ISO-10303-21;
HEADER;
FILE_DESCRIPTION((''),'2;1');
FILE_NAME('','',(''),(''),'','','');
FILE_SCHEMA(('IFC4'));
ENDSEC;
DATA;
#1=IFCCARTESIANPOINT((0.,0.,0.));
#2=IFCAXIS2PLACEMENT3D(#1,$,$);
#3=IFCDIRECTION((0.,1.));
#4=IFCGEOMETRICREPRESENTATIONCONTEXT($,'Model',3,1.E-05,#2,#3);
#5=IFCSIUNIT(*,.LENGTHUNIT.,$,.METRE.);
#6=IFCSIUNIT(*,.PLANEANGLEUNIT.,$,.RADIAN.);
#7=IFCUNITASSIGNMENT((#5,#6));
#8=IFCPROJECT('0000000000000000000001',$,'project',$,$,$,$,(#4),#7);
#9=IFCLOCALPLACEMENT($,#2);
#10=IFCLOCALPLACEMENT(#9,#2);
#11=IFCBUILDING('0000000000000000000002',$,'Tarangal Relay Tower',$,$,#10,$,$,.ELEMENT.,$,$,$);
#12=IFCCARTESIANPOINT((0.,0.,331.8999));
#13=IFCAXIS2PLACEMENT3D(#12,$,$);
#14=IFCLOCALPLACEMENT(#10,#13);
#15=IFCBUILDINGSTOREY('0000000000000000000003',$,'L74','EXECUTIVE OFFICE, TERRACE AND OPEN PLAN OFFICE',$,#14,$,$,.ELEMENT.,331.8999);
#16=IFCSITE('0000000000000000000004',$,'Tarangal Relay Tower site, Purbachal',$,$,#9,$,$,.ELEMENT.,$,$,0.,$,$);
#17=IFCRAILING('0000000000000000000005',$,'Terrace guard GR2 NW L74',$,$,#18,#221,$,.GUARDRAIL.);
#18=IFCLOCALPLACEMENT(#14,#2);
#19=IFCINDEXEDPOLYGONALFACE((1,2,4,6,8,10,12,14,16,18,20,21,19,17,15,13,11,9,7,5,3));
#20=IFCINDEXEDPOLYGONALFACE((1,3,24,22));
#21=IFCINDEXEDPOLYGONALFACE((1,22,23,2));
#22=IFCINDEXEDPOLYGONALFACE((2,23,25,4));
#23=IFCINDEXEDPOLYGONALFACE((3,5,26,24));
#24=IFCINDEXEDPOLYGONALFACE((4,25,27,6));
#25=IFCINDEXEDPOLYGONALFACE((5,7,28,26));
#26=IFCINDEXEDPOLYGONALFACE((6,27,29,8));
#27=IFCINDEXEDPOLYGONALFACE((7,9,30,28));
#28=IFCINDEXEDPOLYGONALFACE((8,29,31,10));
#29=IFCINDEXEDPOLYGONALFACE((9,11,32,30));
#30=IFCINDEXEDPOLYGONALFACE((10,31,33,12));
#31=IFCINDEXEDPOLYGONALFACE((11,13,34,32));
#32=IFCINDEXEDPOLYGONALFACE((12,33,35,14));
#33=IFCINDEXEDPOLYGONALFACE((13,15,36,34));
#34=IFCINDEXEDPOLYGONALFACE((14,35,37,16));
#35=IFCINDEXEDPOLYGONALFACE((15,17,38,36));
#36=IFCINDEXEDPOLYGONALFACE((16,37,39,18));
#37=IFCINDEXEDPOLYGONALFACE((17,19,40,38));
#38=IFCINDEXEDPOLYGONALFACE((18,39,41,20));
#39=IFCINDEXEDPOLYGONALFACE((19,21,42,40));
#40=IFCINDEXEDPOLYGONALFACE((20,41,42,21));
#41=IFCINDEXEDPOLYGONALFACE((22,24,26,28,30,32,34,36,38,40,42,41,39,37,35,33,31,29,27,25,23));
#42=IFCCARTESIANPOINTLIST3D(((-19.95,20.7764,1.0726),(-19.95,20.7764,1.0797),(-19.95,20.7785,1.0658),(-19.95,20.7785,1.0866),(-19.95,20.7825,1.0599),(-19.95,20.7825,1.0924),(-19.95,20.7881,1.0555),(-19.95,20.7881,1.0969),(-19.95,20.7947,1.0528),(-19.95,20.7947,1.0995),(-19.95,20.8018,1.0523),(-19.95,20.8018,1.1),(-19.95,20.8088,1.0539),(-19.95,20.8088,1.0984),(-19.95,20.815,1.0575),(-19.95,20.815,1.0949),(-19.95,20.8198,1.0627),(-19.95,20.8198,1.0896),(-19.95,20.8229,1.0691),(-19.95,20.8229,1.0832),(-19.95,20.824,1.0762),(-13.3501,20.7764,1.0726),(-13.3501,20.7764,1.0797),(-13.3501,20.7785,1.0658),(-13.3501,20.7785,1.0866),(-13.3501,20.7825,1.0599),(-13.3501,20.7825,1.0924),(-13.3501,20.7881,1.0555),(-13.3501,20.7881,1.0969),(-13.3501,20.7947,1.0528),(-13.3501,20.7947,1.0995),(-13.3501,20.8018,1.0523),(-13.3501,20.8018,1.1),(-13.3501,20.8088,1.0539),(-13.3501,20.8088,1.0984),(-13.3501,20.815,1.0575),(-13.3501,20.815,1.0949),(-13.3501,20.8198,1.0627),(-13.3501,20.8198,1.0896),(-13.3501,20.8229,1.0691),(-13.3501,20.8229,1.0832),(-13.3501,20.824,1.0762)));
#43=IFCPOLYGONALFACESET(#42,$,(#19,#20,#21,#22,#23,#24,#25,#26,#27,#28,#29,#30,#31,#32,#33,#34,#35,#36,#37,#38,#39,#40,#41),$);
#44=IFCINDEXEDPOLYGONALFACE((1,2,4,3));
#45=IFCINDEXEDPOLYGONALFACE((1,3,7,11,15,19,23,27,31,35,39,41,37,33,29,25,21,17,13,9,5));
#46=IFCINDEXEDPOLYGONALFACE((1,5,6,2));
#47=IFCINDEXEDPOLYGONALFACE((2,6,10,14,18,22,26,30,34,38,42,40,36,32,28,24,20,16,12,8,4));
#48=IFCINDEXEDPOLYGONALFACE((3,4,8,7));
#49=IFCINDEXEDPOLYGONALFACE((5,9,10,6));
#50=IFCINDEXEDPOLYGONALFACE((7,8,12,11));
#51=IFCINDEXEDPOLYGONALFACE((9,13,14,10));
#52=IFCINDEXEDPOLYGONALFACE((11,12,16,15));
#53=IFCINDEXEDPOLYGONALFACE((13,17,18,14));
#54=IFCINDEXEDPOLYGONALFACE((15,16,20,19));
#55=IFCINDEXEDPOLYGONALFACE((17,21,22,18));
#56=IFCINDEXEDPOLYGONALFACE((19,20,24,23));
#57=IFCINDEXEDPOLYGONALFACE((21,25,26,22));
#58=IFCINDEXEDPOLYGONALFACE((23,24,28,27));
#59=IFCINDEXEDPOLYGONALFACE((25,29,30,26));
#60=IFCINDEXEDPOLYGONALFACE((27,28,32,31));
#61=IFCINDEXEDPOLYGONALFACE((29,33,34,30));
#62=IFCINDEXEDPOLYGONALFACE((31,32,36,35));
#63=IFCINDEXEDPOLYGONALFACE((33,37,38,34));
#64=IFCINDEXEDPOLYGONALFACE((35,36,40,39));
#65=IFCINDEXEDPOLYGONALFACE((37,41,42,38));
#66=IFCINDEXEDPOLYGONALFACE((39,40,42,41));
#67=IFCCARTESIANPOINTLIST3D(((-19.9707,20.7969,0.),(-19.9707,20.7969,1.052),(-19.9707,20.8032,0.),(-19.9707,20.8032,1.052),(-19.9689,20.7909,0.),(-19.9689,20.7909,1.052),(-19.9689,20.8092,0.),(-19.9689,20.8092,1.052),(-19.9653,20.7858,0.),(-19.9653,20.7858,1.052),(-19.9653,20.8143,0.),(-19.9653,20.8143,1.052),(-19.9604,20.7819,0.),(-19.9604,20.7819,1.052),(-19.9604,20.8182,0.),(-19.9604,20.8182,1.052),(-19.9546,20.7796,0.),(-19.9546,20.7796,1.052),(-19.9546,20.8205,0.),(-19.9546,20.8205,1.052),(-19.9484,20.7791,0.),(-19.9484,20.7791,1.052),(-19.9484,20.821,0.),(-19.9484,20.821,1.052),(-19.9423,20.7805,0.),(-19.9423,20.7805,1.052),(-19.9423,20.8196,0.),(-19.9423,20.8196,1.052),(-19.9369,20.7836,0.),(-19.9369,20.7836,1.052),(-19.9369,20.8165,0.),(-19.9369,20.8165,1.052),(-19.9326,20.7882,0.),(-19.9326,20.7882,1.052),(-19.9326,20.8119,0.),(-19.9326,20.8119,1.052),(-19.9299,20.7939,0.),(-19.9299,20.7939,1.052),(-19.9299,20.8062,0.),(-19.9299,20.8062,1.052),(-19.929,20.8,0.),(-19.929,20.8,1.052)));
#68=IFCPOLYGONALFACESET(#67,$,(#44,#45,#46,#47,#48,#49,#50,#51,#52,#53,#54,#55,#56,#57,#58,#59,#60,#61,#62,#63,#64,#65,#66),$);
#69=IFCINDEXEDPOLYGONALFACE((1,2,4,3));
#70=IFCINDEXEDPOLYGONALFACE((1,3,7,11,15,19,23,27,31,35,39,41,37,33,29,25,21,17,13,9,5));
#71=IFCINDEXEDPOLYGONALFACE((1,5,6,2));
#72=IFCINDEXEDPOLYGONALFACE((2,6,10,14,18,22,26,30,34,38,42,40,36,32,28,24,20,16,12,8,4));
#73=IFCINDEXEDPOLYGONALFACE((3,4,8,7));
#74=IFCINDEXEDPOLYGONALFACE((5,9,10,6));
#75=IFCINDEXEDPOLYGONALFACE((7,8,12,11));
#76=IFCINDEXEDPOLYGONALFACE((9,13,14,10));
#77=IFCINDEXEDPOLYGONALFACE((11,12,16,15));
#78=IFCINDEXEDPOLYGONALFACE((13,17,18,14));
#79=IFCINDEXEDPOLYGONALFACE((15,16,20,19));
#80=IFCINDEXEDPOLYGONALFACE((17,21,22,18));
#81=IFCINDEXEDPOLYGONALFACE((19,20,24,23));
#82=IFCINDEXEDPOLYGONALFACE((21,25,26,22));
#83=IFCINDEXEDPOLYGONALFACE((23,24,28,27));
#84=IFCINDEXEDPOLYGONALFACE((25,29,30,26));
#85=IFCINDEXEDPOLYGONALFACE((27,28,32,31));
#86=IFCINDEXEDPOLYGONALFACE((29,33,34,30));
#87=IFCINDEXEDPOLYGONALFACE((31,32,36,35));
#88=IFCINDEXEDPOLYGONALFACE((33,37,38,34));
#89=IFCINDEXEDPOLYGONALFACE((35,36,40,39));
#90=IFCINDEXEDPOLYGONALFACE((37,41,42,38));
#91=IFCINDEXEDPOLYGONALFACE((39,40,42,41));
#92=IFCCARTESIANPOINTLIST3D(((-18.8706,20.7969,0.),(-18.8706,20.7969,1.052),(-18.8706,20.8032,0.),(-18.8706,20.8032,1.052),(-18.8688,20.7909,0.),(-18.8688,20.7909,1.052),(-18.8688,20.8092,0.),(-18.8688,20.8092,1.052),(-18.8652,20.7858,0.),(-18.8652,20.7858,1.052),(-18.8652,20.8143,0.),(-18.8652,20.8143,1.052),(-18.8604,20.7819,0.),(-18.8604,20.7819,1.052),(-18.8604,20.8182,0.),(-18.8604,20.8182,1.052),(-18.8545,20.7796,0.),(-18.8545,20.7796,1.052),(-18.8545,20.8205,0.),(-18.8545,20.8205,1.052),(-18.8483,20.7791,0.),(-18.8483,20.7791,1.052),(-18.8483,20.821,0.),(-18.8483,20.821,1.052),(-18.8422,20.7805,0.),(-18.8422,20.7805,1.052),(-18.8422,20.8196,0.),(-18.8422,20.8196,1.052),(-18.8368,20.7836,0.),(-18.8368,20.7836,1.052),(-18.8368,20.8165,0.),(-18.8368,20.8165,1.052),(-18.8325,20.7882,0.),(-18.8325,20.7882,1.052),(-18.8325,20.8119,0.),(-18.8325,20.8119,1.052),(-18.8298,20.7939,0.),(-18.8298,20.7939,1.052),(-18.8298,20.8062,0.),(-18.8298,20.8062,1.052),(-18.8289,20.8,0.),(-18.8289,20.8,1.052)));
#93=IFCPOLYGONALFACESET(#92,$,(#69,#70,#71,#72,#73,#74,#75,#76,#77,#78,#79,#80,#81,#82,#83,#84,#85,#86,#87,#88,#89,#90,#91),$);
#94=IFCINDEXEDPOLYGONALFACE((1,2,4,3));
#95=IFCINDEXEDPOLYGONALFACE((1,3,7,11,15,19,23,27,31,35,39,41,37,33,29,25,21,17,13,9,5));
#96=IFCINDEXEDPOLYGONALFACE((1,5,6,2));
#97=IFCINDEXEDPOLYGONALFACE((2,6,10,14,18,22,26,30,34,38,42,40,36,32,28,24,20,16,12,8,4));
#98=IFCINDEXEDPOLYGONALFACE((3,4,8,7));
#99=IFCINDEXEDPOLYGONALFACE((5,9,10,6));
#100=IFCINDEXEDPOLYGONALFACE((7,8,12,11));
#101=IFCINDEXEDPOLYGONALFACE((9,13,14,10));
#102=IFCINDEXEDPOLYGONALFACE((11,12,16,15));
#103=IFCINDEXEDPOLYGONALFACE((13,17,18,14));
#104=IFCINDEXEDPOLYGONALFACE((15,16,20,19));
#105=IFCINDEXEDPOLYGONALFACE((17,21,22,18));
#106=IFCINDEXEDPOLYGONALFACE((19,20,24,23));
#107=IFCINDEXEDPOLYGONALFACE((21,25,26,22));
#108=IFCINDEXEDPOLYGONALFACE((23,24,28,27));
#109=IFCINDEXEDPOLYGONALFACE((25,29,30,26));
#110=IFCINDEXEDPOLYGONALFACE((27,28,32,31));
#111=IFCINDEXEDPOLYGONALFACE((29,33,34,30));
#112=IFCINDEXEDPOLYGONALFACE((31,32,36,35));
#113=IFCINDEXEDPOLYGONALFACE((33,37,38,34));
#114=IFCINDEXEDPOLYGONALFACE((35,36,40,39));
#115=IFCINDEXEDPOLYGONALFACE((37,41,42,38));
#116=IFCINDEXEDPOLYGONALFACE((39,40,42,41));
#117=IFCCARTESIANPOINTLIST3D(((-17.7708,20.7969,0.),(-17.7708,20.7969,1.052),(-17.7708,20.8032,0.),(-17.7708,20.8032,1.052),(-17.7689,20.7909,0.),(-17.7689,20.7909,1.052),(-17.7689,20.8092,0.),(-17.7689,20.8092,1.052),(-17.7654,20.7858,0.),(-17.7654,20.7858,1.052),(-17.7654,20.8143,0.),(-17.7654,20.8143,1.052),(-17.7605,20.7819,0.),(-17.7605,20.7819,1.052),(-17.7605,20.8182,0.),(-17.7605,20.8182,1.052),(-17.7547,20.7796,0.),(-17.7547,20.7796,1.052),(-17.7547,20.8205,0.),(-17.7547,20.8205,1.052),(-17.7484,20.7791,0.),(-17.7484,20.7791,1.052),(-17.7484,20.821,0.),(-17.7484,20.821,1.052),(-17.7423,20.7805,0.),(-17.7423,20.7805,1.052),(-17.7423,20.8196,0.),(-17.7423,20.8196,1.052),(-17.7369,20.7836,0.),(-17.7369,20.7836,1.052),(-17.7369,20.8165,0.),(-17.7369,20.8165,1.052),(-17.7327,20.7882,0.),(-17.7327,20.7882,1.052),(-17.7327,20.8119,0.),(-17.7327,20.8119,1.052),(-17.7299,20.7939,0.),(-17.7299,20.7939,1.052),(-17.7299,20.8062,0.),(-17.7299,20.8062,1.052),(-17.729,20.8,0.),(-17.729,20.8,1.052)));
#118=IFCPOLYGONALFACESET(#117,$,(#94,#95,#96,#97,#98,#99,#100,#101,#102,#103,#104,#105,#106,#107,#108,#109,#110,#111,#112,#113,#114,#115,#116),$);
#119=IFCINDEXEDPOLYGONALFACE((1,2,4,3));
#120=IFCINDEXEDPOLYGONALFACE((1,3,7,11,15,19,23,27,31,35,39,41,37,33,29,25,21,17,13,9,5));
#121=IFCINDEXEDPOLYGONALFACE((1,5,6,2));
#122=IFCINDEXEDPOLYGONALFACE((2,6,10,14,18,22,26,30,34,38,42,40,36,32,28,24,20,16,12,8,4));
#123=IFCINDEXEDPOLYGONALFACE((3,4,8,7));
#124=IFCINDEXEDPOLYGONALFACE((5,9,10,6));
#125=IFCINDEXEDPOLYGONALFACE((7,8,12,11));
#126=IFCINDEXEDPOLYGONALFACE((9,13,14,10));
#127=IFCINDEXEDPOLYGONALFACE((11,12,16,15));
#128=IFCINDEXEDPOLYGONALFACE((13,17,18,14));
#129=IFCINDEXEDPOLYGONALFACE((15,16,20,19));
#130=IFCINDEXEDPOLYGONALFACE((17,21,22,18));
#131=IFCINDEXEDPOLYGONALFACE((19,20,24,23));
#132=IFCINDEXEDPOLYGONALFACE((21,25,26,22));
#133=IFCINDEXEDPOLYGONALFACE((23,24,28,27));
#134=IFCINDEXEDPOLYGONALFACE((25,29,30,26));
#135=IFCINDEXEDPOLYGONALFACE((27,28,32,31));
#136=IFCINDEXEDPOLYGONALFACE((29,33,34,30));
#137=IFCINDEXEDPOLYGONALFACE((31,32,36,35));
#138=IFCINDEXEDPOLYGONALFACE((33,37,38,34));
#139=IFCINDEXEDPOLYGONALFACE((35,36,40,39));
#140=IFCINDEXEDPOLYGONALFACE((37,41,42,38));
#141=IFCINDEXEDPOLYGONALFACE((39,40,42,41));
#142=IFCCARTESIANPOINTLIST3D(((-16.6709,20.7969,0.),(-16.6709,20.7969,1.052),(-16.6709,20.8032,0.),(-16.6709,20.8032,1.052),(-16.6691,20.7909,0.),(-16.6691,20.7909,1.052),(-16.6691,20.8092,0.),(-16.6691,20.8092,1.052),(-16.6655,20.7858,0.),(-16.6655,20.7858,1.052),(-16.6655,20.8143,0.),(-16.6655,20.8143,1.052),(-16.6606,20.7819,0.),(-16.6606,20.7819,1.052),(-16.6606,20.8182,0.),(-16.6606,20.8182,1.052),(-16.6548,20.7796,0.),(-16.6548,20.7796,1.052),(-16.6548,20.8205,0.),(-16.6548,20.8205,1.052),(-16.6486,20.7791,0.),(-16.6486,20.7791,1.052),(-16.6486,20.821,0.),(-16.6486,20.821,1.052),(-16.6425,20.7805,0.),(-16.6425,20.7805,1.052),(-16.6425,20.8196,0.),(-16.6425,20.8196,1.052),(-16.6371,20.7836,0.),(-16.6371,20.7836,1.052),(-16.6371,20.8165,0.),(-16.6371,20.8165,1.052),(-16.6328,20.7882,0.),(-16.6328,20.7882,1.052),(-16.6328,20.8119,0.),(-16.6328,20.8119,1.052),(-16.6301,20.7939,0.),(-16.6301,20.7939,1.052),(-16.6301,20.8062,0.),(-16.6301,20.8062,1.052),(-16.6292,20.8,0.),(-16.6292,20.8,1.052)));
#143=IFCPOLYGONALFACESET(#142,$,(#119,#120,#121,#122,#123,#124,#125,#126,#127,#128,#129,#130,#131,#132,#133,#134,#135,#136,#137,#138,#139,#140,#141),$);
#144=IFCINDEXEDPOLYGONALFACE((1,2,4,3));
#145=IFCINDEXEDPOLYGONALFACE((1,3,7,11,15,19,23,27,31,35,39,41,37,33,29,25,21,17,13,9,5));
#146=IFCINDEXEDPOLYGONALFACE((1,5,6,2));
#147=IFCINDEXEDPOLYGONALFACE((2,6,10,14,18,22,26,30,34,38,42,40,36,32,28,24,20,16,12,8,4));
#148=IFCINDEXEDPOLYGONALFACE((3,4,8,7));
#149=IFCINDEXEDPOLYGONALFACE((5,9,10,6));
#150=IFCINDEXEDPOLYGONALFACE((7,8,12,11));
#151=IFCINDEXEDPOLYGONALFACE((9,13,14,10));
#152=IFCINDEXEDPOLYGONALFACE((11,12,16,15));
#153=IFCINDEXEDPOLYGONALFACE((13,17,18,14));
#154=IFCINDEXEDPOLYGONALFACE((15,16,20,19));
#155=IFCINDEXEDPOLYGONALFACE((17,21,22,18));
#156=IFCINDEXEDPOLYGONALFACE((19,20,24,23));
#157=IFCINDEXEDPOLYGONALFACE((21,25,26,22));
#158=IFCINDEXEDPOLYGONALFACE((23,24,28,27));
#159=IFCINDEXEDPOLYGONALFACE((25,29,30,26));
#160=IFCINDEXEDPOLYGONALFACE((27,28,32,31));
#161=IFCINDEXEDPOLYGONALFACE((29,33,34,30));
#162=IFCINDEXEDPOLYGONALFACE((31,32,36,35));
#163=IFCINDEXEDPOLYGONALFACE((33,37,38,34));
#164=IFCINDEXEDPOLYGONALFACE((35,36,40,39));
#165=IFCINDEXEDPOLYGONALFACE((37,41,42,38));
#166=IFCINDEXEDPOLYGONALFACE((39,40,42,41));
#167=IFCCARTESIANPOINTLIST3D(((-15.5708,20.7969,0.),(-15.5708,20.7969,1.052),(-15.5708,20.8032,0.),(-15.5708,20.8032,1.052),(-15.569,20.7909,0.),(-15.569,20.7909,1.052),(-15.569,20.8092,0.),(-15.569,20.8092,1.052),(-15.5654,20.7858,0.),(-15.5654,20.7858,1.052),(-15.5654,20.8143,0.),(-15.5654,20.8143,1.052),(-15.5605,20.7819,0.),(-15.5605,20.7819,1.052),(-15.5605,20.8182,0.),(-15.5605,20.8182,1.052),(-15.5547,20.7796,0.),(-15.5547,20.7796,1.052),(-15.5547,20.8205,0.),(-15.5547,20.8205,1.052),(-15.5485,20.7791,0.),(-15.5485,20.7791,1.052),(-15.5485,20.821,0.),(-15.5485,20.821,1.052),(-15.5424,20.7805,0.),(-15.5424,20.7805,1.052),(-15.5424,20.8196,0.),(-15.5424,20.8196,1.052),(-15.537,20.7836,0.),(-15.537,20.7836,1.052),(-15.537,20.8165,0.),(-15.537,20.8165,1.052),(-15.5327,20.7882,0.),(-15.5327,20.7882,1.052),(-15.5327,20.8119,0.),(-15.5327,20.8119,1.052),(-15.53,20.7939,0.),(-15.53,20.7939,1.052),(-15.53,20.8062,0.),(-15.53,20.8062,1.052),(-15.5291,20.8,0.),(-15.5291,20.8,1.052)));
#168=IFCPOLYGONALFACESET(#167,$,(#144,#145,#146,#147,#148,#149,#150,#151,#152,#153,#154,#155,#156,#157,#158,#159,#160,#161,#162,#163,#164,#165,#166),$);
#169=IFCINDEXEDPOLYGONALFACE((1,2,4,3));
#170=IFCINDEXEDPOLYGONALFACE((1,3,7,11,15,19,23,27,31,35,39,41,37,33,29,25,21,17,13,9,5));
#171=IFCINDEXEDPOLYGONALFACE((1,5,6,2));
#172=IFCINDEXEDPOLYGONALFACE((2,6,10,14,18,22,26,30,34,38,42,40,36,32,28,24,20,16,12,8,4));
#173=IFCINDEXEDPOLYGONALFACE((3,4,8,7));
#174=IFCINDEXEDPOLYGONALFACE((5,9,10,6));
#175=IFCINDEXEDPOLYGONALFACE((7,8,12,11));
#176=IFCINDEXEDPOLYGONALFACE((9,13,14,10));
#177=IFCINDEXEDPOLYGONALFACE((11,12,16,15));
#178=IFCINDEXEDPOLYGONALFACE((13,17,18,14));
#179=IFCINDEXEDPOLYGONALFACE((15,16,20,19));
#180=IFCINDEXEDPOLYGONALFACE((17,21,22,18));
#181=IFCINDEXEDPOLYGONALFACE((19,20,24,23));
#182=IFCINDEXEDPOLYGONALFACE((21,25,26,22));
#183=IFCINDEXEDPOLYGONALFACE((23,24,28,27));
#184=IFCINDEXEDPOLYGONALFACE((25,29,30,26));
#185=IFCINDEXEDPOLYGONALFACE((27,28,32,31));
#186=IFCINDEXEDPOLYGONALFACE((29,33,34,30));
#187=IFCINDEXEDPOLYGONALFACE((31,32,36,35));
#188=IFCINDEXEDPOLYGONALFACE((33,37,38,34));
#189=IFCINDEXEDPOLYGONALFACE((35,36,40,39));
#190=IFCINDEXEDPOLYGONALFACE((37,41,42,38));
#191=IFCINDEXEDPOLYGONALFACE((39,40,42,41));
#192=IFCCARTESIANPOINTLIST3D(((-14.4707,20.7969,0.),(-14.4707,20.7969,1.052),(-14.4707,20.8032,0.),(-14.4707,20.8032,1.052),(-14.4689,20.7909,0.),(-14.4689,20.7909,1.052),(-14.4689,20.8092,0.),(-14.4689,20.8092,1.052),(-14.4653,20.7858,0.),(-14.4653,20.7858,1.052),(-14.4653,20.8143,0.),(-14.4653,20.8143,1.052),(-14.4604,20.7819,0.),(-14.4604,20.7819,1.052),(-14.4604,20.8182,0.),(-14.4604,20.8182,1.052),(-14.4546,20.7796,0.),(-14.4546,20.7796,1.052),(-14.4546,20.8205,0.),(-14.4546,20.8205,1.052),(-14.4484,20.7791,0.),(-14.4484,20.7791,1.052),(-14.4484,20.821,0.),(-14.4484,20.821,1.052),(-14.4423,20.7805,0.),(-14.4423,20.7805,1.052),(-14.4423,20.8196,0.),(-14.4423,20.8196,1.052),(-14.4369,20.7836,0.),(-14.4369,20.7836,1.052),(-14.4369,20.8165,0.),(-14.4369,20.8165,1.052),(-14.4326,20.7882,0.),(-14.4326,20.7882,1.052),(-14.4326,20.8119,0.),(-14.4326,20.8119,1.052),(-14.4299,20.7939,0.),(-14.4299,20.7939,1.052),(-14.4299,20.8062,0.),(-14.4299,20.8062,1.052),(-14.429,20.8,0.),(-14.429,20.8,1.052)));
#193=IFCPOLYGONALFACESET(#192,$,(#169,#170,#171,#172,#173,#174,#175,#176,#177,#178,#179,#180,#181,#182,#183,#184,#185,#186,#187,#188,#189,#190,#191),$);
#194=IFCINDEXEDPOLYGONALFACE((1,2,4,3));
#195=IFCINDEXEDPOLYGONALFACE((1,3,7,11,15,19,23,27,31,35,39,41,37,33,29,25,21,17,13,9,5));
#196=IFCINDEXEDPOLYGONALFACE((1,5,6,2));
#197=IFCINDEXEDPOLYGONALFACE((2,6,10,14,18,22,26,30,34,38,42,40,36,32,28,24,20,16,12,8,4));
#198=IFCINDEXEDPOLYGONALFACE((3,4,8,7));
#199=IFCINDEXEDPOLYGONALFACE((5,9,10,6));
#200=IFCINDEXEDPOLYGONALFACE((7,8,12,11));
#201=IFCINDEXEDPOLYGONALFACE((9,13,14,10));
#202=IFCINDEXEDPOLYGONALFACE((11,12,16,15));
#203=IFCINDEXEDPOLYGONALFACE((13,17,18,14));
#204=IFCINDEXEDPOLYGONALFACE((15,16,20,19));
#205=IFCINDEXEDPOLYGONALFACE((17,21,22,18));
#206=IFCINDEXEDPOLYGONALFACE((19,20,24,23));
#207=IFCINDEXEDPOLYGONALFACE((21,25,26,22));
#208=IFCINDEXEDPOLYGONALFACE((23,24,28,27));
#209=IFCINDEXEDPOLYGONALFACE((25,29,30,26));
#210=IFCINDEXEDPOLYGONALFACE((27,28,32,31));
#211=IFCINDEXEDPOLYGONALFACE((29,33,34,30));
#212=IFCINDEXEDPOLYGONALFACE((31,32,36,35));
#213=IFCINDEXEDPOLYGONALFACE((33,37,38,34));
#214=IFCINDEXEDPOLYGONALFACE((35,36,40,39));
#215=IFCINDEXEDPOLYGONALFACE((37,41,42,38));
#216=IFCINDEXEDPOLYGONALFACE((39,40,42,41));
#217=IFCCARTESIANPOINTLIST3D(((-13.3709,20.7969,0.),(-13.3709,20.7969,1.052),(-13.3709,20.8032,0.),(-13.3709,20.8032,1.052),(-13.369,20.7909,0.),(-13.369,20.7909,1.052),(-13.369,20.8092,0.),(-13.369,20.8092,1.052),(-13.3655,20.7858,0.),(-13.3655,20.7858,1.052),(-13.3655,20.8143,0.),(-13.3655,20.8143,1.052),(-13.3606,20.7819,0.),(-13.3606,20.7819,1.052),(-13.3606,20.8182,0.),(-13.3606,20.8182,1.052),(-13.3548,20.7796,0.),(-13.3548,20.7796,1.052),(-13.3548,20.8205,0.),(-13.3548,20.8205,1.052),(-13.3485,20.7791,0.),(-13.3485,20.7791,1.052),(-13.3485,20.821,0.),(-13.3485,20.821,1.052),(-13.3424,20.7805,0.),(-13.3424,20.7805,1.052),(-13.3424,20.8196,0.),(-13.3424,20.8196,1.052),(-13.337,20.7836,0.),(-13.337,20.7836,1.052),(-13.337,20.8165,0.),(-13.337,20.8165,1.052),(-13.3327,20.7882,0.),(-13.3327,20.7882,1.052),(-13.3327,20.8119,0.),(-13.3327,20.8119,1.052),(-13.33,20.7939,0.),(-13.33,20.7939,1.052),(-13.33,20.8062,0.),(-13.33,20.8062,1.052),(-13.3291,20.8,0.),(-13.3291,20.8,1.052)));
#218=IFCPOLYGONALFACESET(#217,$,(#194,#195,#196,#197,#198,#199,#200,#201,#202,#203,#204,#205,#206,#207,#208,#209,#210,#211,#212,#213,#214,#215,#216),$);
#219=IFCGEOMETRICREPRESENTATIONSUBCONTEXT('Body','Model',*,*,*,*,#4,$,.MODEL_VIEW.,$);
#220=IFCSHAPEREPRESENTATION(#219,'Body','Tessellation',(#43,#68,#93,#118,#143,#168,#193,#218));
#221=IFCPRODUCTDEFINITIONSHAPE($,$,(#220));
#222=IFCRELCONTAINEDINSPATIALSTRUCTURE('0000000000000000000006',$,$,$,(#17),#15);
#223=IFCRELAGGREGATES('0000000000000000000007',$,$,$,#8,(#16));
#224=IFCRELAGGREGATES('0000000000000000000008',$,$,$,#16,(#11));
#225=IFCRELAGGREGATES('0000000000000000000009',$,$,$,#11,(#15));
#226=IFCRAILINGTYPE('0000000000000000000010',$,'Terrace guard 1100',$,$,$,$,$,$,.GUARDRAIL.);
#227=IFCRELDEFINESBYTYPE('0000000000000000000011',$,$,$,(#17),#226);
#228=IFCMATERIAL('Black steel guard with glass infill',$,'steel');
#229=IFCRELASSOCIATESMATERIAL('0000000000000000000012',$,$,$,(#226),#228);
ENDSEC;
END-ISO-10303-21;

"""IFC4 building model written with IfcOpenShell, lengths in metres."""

from ifc_helpers import new_model, si_unit, direction, frame, origin, origin_2d, place, context, subcontext, project, spatial, circle, extrude, material, type_object, element, save


model = new_model("IFC4")

# Units and contexts
model_context = context("Model", 3, precision=1e-05, world=origin(), true_north=direction((0.0, 1.0)))
body_context = subcontext(model_context, "Body", "Model", "MODEL_VIEW")
ifc_project = project(units=[si_unit("LENGTHUNIT", "METRE"), si_unit("PLANEANGLEUNIT", "RADIAN")], contexts=[model_context])

# Site, building, storey
site_placement = place(None, origin())
site = spatial("IfcSite", under=ifc_project, at=site_placement, Name="Tarangal Relay Tower site, Purbachal", CompositionType="ELEMENT", RefElevation=0.0)
building_placement = place(site_placement, origin())
building = spatial("IfcBuilding", under=site, at=building_placement, Name="Tarangal Relay Tower", CompositionType="ELEMENT")
storey_placement = place(building_placement, frame((0.0, 0.0, 331.8999)))
storey = spatial("IfcBuildingStorey", under=building, at=storey_placement, Name="L74", Description="EXECUTIVE OFFICE, TERRACE AND OPEN PLAN OFFICE", CompositionType="ELEMENT", Elevation=331.8999)

# Railing
ifc_material_1 = material(Name="Black steel guard with glass infill", Category="steel")
railing_type = type_object("IfcRailingType", Name="Terrace guard 1100", PredefinedType="GUARDRAIL", material=ifc_material_1)
railing_1_placement = place(storey_placement, frame((-19.95, 20.8, 0.0)))
element("IfcRailing", 1, at=railing_1_placement, inside=storey, type_object=railing_type, Name="Terrace guard GR2 NW L74", PredefinedType="GUARDRAIL", context=body_context, shape_type="SweptSolid", body=[
    extrude(circle(Radius=0.0239, at=origin_2d()), frame((0.0, 0.0, 1.0762), z_axis=(1.0, 0.0, 0.0), x_axis=(0.0, 1.0, 0.0)), (0.0, 0.0, 1.0), 6.5999),
    extrude(circle(Radius=0.021, at=origin_2d()), origin(), (0.0, 0.0, 1.0), 1.052),
    extrude(circle(Radius=0.021, at=origin_2d()), frame((1.1001, 0.0, 0.0)), (0.0, 0.0, 1.0), 1.052),
    extrude(circle(Radius=0.021, at=origin_2d()), frame((2.2, 0.0, 0.0)), (0.0, 0.0, 1.0), 1.052),
    extrude(circle(Radius=0.021, at=origin_2d()), frame((3.2998, 0.0, 0.0)), (0.0, 0.0, 1.0), 1.052),
    extrude(circle(Radius=0.021, at=origin_2d()), frame((4.3999, 0.0, 0.0)), (0.0, 0.0, 1.0), 1.052),
    extrude(circle(Radius=0.021, at=origin_2d()), frame((5.5, 0.0, 0.0)), (0.0, 0.0, 1.0), 1.052),
    extrude(circle(Radius=0.021, at=origin_2d()), frame((6.5999, 0.0, 0.0)), (0.0, 0.0, 1.0), 1.052),
])

save(model, "model.ifc")
